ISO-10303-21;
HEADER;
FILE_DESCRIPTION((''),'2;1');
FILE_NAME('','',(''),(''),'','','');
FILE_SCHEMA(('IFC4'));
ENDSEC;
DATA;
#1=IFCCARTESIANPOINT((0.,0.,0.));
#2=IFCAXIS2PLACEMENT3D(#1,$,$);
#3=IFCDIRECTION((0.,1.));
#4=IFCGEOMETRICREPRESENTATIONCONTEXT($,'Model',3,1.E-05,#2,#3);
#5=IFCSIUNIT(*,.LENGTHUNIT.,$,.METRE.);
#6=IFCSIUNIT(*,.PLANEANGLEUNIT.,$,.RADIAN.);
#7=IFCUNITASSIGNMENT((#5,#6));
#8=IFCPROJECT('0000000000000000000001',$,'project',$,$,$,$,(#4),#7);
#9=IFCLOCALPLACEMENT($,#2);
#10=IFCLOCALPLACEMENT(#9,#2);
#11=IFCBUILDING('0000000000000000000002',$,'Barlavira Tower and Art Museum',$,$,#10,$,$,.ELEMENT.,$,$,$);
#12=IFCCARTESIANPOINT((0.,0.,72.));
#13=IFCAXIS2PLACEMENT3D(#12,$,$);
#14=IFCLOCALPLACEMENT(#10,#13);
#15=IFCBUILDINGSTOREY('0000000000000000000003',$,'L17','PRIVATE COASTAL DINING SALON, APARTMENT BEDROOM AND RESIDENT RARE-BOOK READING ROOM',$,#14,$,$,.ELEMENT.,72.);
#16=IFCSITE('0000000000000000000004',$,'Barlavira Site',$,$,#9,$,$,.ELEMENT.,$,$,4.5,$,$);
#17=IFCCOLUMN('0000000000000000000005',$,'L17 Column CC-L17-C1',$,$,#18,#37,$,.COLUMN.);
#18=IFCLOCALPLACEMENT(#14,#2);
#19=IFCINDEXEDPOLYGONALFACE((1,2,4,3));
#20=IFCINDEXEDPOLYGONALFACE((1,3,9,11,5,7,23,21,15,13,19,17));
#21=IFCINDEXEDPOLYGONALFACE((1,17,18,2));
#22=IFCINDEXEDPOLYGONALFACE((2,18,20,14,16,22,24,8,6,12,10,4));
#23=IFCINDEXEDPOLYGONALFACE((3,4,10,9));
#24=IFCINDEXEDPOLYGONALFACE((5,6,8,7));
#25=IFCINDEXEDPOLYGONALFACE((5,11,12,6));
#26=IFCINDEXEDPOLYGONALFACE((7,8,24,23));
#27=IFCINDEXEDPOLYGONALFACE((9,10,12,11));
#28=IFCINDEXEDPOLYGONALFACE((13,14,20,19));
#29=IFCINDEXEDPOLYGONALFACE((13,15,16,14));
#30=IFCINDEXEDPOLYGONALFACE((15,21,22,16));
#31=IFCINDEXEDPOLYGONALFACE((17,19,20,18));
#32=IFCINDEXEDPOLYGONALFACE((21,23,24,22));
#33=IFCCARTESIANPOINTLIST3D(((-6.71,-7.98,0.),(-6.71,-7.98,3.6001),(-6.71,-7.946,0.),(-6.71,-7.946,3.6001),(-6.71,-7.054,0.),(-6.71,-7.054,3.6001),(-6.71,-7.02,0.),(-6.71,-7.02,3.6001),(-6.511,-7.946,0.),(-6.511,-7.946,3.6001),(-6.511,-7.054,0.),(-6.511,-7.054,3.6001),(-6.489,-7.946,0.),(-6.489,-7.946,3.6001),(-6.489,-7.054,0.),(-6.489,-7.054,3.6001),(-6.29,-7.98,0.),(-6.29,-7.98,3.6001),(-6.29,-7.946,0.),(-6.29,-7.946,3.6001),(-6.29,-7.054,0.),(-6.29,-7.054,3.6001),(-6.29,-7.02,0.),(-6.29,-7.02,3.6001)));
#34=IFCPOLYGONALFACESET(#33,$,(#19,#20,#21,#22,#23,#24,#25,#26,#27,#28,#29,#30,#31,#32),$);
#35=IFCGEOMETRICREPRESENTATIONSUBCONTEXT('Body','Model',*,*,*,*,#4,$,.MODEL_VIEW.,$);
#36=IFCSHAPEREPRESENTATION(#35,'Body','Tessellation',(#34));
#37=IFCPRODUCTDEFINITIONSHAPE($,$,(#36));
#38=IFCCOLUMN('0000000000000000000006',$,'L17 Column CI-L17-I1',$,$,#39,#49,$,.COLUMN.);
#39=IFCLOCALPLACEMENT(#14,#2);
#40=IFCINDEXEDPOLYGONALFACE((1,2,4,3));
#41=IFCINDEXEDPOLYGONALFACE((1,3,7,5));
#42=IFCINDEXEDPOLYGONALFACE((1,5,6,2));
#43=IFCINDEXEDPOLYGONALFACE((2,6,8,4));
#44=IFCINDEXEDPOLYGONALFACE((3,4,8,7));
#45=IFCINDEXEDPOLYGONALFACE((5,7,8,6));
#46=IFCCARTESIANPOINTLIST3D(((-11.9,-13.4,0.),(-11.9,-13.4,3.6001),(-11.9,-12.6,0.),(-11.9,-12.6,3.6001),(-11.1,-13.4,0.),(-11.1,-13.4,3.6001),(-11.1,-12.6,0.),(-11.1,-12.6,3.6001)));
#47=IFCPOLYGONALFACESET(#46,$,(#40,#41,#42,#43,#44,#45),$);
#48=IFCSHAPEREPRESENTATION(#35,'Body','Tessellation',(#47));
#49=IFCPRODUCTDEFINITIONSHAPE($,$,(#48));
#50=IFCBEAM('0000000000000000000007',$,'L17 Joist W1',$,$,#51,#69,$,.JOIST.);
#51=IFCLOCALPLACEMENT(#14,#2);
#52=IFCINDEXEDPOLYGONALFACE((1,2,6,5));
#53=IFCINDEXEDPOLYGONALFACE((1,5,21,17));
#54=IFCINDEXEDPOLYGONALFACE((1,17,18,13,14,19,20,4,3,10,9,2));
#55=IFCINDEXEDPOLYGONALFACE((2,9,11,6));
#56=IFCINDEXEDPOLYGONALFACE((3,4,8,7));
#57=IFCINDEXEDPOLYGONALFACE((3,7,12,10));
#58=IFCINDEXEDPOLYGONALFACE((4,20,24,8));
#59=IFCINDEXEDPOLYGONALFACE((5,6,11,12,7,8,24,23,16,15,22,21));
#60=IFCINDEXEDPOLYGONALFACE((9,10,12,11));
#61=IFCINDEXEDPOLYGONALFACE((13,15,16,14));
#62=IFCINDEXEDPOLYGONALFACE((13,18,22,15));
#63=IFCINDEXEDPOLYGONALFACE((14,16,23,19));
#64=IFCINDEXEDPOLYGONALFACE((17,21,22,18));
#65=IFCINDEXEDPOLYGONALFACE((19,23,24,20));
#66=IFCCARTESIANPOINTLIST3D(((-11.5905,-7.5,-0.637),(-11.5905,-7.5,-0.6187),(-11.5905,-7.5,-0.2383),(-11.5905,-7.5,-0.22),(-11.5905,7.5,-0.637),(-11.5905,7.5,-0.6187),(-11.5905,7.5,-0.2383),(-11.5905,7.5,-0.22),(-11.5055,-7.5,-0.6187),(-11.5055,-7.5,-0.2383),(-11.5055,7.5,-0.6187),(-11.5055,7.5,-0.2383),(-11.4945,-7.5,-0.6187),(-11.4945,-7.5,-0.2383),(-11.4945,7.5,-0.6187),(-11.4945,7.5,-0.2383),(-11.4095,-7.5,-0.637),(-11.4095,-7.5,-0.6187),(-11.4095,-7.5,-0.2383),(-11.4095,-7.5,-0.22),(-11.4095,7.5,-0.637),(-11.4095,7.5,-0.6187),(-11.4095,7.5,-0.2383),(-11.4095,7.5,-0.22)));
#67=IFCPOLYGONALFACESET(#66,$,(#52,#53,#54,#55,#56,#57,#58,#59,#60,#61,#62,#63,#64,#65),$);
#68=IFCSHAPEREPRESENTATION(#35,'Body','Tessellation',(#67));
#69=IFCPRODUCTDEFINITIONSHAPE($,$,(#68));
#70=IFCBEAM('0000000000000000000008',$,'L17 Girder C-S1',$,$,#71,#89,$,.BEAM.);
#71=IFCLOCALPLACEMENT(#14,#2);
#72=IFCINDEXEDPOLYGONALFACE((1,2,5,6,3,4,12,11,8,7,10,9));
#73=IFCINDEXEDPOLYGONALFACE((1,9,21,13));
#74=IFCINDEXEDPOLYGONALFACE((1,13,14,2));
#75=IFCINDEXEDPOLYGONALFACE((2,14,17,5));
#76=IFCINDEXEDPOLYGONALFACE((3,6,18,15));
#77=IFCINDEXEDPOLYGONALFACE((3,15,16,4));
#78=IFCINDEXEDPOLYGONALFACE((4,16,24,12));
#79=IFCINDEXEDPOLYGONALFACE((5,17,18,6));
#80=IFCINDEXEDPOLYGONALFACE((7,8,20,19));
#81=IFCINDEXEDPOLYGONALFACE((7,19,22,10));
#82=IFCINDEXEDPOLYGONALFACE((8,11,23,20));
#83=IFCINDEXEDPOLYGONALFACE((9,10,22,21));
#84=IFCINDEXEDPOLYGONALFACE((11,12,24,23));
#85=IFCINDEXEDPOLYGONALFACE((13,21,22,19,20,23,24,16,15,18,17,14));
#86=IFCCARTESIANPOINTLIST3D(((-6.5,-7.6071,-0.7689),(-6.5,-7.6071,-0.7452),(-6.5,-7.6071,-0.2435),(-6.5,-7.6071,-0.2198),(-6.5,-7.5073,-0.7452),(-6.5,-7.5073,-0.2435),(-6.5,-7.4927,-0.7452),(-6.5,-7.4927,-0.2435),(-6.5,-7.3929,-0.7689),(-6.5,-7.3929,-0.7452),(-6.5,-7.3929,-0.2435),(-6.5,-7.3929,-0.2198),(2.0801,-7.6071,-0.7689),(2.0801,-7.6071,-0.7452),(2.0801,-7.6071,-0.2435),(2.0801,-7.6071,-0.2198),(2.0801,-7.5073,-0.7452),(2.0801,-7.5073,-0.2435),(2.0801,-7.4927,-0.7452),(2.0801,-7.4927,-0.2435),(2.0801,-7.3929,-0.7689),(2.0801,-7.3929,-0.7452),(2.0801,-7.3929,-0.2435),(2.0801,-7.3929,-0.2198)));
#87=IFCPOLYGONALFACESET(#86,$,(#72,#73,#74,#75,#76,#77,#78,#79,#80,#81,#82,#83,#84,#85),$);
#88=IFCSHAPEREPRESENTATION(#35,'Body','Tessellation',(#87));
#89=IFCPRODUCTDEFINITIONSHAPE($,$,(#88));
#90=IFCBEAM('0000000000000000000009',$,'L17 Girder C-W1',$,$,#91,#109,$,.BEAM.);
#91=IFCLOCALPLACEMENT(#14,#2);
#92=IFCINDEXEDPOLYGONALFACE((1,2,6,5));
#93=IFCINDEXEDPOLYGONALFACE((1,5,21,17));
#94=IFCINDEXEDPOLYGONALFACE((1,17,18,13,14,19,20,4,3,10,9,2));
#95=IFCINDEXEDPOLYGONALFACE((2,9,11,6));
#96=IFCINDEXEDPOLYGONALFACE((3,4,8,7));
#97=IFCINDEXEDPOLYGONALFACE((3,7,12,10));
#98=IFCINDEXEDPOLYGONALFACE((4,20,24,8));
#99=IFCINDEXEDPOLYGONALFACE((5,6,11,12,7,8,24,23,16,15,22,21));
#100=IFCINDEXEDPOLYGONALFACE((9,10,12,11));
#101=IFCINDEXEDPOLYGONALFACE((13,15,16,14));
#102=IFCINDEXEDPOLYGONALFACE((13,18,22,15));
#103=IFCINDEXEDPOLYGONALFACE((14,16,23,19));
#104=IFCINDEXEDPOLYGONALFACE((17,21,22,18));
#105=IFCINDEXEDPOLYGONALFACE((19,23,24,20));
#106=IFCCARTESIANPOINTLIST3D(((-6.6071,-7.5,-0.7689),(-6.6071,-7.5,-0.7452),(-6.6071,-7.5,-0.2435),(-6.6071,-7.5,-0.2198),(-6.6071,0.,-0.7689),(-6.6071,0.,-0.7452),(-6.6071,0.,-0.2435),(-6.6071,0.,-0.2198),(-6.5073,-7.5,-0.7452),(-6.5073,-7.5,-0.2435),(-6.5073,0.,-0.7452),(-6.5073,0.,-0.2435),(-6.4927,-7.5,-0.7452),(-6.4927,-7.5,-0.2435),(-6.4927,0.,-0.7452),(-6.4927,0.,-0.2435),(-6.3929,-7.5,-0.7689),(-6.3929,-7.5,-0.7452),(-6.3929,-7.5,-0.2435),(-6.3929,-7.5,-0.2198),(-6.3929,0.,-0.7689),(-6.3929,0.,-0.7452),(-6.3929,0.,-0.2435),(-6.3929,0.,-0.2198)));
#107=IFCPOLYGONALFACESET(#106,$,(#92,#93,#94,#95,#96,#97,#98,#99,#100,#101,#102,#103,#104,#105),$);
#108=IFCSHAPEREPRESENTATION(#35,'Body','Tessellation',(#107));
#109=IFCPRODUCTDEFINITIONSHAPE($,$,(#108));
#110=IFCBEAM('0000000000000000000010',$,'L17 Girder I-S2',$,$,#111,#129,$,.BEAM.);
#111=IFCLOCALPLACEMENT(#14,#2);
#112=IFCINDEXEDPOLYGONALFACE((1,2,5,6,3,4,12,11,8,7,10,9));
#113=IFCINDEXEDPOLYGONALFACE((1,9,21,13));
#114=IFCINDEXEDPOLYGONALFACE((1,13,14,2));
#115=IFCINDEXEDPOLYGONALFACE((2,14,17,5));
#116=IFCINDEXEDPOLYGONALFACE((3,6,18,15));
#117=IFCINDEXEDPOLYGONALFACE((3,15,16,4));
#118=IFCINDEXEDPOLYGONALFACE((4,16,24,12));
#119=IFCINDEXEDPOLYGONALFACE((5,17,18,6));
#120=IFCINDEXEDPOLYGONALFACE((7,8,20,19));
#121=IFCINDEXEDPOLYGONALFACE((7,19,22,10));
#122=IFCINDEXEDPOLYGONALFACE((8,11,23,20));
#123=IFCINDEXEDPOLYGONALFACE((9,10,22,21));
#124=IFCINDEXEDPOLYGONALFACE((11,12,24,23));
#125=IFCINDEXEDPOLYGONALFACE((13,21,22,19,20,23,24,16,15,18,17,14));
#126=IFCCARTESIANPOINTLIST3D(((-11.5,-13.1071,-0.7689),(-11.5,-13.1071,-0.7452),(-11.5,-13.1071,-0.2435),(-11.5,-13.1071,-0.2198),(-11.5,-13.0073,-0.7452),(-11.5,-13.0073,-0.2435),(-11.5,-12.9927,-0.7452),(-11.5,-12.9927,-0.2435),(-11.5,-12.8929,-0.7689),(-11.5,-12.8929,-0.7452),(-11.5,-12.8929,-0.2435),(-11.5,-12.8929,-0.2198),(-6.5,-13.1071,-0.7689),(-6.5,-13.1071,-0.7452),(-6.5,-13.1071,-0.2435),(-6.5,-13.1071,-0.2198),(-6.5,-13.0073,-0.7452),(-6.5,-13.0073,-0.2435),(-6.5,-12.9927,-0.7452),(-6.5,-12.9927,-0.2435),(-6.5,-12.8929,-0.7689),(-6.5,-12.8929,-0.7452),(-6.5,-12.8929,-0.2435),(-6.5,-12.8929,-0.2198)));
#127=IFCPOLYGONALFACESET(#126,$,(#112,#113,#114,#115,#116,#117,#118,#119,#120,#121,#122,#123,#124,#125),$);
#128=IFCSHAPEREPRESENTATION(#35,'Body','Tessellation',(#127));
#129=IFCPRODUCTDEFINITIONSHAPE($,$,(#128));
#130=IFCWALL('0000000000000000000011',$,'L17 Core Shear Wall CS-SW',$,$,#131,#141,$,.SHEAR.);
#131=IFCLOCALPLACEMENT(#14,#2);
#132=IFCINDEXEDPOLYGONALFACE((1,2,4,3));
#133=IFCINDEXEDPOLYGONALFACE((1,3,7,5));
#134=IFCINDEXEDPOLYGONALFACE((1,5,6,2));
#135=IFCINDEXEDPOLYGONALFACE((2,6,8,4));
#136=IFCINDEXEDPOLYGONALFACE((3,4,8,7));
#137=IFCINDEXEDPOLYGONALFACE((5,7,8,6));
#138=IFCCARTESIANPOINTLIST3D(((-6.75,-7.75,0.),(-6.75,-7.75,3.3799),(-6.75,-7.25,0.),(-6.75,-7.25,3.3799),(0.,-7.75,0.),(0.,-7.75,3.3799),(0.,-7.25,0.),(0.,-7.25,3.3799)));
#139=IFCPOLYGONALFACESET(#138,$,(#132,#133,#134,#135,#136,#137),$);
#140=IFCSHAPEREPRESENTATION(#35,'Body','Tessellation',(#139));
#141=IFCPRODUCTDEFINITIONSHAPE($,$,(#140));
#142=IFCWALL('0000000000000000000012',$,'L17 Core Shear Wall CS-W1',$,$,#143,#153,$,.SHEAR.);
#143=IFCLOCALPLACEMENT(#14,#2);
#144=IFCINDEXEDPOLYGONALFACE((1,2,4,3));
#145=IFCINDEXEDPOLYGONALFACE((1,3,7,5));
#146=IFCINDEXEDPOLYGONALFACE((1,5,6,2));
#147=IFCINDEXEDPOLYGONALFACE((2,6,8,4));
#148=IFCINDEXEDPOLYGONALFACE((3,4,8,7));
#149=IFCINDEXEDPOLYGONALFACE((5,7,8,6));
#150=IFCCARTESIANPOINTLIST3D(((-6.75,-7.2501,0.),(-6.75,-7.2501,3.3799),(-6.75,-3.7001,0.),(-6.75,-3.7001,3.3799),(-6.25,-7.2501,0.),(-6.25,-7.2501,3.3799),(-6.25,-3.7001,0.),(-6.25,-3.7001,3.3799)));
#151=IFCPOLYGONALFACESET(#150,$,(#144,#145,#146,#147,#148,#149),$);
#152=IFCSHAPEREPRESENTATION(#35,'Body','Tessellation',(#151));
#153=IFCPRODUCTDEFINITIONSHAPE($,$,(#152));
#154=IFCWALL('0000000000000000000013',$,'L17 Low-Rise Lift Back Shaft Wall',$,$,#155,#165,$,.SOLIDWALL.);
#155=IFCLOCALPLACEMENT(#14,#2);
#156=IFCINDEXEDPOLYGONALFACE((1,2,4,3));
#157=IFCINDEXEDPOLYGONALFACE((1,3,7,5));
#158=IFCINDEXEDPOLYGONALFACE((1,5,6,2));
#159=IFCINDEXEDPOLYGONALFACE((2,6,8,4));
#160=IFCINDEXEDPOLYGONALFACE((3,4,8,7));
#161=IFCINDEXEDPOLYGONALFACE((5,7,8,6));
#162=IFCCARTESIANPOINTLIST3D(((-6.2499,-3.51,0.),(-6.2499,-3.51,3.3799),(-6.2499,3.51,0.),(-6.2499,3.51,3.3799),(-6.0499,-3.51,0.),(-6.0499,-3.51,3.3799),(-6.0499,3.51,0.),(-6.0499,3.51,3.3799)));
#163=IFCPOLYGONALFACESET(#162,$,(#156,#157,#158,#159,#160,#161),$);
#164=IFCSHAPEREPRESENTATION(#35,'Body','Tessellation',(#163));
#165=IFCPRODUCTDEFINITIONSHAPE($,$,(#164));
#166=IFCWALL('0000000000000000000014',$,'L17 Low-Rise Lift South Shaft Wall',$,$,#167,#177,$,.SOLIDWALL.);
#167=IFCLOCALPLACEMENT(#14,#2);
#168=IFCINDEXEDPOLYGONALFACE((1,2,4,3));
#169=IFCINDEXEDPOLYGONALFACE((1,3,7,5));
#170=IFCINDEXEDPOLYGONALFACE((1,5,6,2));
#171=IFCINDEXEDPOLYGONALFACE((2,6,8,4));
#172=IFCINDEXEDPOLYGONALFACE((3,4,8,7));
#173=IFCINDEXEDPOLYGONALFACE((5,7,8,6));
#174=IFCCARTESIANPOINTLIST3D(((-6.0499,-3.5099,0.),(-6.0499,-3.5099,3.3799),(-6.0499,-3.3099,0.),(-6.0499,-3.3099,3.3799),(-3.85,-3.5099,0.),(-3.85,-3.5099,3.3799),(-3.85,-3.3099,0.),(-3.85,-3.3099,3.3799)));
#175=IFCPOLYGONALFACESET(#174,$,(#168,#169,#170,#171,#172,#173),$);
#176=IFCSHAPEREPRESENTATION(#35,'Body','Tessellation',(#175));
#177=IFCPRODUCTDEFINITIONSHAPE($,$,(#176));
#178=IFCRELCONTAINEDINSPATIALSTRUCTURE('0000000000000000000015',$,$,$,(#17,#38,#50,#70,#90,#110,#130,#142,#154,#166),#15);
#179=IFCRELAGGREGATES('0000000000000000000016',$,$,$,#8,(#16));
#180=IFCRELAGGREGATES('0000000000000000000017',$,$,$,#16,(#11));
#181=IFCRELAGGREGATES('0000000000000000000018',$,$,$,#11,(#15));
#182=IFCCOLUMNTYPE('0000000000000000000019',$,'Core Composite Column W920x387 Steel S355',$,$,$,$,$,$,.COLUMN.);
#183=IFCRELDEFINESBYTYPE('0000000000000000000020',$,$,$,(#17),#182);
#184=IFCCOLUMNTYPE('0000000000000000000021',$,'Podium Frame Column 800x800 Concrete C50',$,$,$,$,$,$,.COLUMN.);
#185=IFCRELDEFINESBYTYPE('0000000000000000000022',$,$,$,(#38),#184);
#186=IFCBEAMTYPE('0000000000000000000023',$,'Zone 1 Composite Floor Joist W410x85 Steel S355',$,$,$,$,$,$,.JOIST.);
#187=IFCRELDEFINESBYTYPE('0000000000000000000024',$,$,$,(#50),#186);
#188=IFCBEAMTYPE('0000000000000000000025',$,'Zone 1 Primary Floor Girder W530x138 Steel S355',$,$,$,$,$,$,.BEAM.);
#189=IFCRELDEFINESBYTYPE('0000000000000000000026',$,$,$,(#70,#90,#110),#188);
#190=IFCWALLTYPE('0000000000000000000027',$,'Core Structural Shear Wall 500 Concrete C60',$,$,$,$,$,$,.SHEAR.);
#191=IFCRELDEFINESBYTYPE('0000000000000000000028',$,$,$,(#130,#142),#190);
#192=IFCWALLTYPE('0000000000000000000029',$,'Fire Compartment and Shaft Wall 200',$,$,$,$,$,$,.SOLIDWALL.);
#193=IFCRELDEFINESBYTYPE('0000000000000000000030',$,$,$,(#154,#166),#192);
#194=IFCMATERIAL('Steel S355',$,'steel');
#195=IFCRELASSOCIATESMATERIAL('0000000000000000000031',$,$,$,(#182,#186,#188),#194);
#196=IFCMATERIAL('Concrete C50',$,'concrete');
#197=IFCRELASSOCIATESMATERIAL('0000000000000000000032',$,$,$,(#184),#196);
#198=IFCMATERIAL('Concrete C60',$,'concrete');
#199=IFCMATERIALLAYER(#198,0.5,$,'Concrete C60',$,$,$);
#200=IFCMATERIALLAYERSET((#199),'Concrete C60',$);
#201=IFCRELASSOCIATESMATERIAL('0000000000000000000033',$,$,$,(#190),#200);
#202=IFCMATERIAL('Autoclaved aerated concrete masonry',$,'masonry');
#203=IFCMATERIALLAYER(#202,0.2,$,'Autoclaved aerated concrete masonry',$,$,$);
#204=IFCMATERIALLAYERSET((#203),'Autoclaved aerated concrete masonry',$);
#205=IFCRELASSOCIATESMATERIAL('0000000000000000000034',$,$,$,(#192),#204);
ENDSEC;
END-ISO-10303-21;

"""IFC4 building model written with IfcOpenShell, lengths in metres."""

from ifc_helpers import new_model, si_unit, direction, frame, frame_2d, origin, origin_2d, place, context, subcontext, project, spatial, rectangle, i_section, extrude, material, layer, layer_set, material_profile, profile_set, type_object, element, save


model = new_model("IFC4")

# Units and contexts
model_context = context("Model", 3, precision=1e-05, world=origin(), true_north=direction((0.0, 1.0)))
body_context = subcontext(model_context, "Body", "Model", "MODEL_VIEW")
ifc_project = project(units=[si_unit("LENGTHUNIT", "METRE"), si_unit("PLANEANGLEUNIT", "RADIAN")], contexts=[model_context])

# Site, building, storey
site_placement = place(None, origin())
site = spatial("IfcSite", under=ifc_project, at=site_placement, Name="Barlavira Site", CompositionType="ELEMENT", RefElevation=4.5)
building_placement = place(site_placement, origin())
building = spatial("IfcBuilding", under=site, at=building_placement, Name="Barlavira Tower and Art Museum", CompositionType="ELEMENT")
storey_placement = place(building_placement, frame((0.0, 0.0, 72.0)))
storey = spatial("IfcBuildingStorey", under=building, at=storey_placement, Name="L17", Description="PRIVATE COASTAL DINING SALON, APARTMENT BEDROOM AND RESIDENT RARE-BOOK READING ROOM", CompositionType="ELEMENT", Elevation=72.0)

# Columns
ifc_material_1 = material(Name="Steel S355", Category="steel")
ifc_material_profile_1 = material_profile(ifc_material_1, i_section(OverallWidth=0.4199, OverallDepth=0.96, WebThickness=0.022, FlangeThickness=0.0339, at=origin_2d()), Name="W920x387.0")
ifc_profile_set_1 = profile_set([ifc_material_profile_1], Name="Steel S355")
column_type_1 = type_object("IfcColumnType", Name="Core Composite Column W920x387 Steel S355", PredefinedType="COLUMN", material=ifc_profile_set_1)
column_1_placement = place(storey_placement, frame((-6.5, -7.5, 0.0), z_axis=(0.0, 0.0, 1.0), x_axis=(1.0, 0.0, 0.0)))
element("IfcColumn", 1, at=column_1_placement, inside=storey, type_object=column_type_1, Name="L17 Column CC-L17-C1", PredefinedType="COLUMN", context=body_context, shape_type="SweptSolid", body=[
    extrude(i_section(OverallWidth=0.4199, OverallDepth=0.96, WebThickness=0.022, FlangeThickness=0.0339, at=origin_2d()), origin(), (0.0, 0.0, 1.0), 3.6001),
])
ifc_material_2 = material(Name="Concrete C50", Category="concrete")
ifc_material_profile_2 = material_profile(ifc_material_2, rectangle(XDim=0.8, YDim=0.8, at=origin_2d()), Name="RC-COL 800x800")
ifc_profile_set_2 = profile_set([ifc_material_profile_2], Name="Concrete C50")
column_type_2 = type_object("IfcColumnType", Name="Podium Frame Column 800x800 Concrete C50", PredefinedType="COLUMN", material=ifc_profile_set_2)
column_2_placement = place(storey_placement, frame((-11.5, -13.0, 0.0), z_axis=(0.0, 0.0, 1.0), x_axis=(1.0, 0.0, 0.0)))
element("IfcColumn", 2, at=column_2_placement, inside=storey, type_object=column_type_2, Name="L17 Column CI-L17-I1", PredefinedType="COLUMN", context=body_context, shape_type="SweptSolid", body=[
    extrude(rectangle(XDim=0.8, YDim=0.8, at=origin_2d()), origin(), (0.0, 0.0, 1.0), 3.6001),
])

# Beams
ifc_material_profile_3 = material_profile(ifc_material_1, i_section(OverallWidth=0.1809, OverallDepth=0.417, WebThickness=0.011, FlangeThickness=0.0183, at=origin_2d()), Name="W410x85.0")
ifc_profile_set_3 = profile_set([ifc_material_profile_3], Name="Steel S355")
beam_type_1 = type_object("IfcBeamType", Name="Zone 1 Composite Floor Joist W410x85 Steel S355", PredefinedType="JOIST", material=ifc_profile_set_3)
beam_1_placement = place(storey_placement, frame((-11.5, -7.5, -0.4285), z_axis=(0.0, 1.0, 0.0), x_axis=(-1.0, 0.0, 0.0)))
element("IfcBeam", 3, at=beam_1_placement, inside=storey, type_object=beam_type_1, Name="L17 Joist W1", PredefinedType="JOIST", context=body_context, shape_type="SweptSolid", body=[
    extrude(i_section(OverallWidth=0.1809, OverallDepth=0.417, WebThickness=0.011, FlangeThickness=0.0183, at=origin_2d()), origin(), (0.0, 0.0, 1.0), 15.0),
])
ifc_material_profile_4 = material_profile(ifc_material_1, i_section(OverallWidth=0.2141, OverallDepth=0.5491, WebThickness=0.0146, FlangeThickness=0.0237, at=origin_2d()), Name="W530x138.0")
ifc_profile_set_4 = profile_set([ifc_material_profile_4], Name="Steel S355")
beam_type_2 = type_object("IfcBeamType", Name="Zone 1 Primary Floor Girder W530x138 Steel S355", PredefinedType="BEAM", material=ifc_profile_set_4)
beam_2_placement = place(storey_placement, frame((-6.5, -7.5, -0.4944), z_axis=(1.0, 0.0, 0.0), x_axis=(0.0, 1.0, 0.0)))
element("IfcBeam", 4, at=beam_2_placement, inside=storey, type_object=beam_type_2, Name="L17 Girder C-S1", PredefinedType="BEAM", context=body_context, shape_type="SweptSolid", body=[
    extrude(i_section(OverallWidth=0.2141, OverallDepth=0.5491, WebThickness=0.0146, FlangeThickness=0.0237, at=origin_2d()), origin(), (0.0, 0.0, 1.0), 8.5801),
])
beam_3_placement = place(storey_placement, frame((-6.5, -7.5, -0.4944), z_axis=(0.0, 1.0, 0.0), x_axis=(-1.0, 0.0, 0.0)))
element("IfcBeam", 5, at=beam_3_placement, inside=storey, type_object=beam_type_2, Name="L17 Girder C-W1", PredefinedType="BEAM", context=body_context, shape_type="SweptSolid", body=[
    extrude(i_section(OverallWidth=0.2141, OverallDepth=0.5491, WebThickness=0.0146, FlangeThickness=0.0237, at=origin_2d()), origin(), (0.0, 0.0, 1.0), 7.5),
])
beam_4_placement = place(storey_placement, frame((-11.5, -13.0, -0.4944), z_axis=(1.0, 0.0, 0.0), x_axis=(0.0, 1.0, 0.0)))
element("IfcBeam", 6, at=beam_4_placement, inside=storey, type_object=beam_type_2, Name="L17 Girder I-S2", PredefinedType="BEAM", context=body_context, shape_type="SweptSolid", body=[
    extrude(i_section(OverallWidth=0.2141, OverallDepth=0.5491, WebThickness=0.0146, FlangeThickness=0.0237, at=origin_2d()), origin(), (0.0, 0.0, 1.0), 5.0),
])

# Walls
ifc_material_3 = material(Name="Concrete C60", Category="concrete")
ifc_layer_1 = layer(ifc_material_3, 0.5, Name="Concrete C60")
ifc_layer_set_1 = layer_set([ifc_layer_1], Name="Concrete C60")
wall_type_1 = type_object("IfcWallType", Name="Core Structural Shear Wall 500 Concrete C60", PredefinedType="SHEAR", material=ifc_layer_set_1)
wall_1_placement = place(storey_placement, frame((-6.75, -7.5, 0.0), z_axis=(0.0, 0.0, 1.0), x_axis=(1.0, 0.0, 0.0)))
element("IfcWall", 7, at=wall_1_placement, inside=storey, type_object=wall_type_1, Name="L17 Core Shear Wall CS-SW", PredefinedType="SHEAR", context=body_context, shape_type="SweptSolid", body=[
    extrude(rectangle(XDim=6.75, YDim=0.5, at=frame_2d((3.375, 0.0))), origin(), (0.0, 0.0, 1.0), 3.3799),
])
wall_2_placement = place(storey_placement, frame((-6.5, -7.25, 0.0), z_axis=(0.0, 0.0, 1.0), x_axis=(0.0, 1.0, 0.0)))
element("IfcWall", 8, at=wall_2_placement, inside=storey, type_object=wall_type_1, Name="L17 Core Shear Wall CS-W1", PredefinedType="SHEAR", context=body_context, shape_type="SweptSolid", body=[
    extrude(rectangle(XDim=3.55, YDim=0.5, at=frame_2d((1.7749, 0.0))), origin(), (0.0, 0.0, 1.0), 3.3799),
])

# Shared definitions
ifc_material_4 = material(Name="Autoclaved aerated concrete masonry", Category="masonry")
ifc_layer_2 = layer(ifc_material_4, 0.2, Name="Autoclaved aerated concrete masonry")
ifc_layer_set_2 = layer_set([ifc_layer_2], Name="Autoclaved aerated concrete masonry")
wall_type_2 = type_object("IfcWallType", Name="Fire Compartment and Shaft Wall 200", PredefinedType="SOLIDWALL", material=ifc_layer_set_2)

# Walls
wall_3_placement = place(storey_placement, frame((-6.1499, -3.51, 0.0), z_axis=(0.0, 0.0, 1.0), x_axis=(0.0, 1.0, 0.0)))
element("IfcWall", 9, at=wall_3_placement, inside=storey, type_object=wall_type_2, Name="L17 Low-Rise Lift Back Shaft Wall", PredefinedType="SOLIDWALL", context=body_context, shape_type="SweptSolid", body=[
    extrude(rectangle(XDim=7.02, YDim=0.2, at=frame_2d((3.51, 0.0))), origin(), (0.0, 0.0, 1.0), 3.3799),
])
wall_4_placement = place(storey_placement, frame((-6.05, -3.4099, 0.0), z_axis=(0.0, 0.0, 1.0), x_axis=(1.0, 0.0, 0.0)))
element("IfcWall", 10, at=wall_4_placement, inside=storey, type_object=wall_type_2, Name="L17 Low-Rise Lift South Shaft Wall", PredefinedType="SOLIDWALL", context=body_context, shape_type="SweptSolid", body=[
    extrude(rectangle(XDim=2.2, YDim=0.2, at=frame_2d((1.1001, 0.0))), origin(), (0.0, 0.0, 1.0), 3.3799),
])

save(model, "model.ifc")
